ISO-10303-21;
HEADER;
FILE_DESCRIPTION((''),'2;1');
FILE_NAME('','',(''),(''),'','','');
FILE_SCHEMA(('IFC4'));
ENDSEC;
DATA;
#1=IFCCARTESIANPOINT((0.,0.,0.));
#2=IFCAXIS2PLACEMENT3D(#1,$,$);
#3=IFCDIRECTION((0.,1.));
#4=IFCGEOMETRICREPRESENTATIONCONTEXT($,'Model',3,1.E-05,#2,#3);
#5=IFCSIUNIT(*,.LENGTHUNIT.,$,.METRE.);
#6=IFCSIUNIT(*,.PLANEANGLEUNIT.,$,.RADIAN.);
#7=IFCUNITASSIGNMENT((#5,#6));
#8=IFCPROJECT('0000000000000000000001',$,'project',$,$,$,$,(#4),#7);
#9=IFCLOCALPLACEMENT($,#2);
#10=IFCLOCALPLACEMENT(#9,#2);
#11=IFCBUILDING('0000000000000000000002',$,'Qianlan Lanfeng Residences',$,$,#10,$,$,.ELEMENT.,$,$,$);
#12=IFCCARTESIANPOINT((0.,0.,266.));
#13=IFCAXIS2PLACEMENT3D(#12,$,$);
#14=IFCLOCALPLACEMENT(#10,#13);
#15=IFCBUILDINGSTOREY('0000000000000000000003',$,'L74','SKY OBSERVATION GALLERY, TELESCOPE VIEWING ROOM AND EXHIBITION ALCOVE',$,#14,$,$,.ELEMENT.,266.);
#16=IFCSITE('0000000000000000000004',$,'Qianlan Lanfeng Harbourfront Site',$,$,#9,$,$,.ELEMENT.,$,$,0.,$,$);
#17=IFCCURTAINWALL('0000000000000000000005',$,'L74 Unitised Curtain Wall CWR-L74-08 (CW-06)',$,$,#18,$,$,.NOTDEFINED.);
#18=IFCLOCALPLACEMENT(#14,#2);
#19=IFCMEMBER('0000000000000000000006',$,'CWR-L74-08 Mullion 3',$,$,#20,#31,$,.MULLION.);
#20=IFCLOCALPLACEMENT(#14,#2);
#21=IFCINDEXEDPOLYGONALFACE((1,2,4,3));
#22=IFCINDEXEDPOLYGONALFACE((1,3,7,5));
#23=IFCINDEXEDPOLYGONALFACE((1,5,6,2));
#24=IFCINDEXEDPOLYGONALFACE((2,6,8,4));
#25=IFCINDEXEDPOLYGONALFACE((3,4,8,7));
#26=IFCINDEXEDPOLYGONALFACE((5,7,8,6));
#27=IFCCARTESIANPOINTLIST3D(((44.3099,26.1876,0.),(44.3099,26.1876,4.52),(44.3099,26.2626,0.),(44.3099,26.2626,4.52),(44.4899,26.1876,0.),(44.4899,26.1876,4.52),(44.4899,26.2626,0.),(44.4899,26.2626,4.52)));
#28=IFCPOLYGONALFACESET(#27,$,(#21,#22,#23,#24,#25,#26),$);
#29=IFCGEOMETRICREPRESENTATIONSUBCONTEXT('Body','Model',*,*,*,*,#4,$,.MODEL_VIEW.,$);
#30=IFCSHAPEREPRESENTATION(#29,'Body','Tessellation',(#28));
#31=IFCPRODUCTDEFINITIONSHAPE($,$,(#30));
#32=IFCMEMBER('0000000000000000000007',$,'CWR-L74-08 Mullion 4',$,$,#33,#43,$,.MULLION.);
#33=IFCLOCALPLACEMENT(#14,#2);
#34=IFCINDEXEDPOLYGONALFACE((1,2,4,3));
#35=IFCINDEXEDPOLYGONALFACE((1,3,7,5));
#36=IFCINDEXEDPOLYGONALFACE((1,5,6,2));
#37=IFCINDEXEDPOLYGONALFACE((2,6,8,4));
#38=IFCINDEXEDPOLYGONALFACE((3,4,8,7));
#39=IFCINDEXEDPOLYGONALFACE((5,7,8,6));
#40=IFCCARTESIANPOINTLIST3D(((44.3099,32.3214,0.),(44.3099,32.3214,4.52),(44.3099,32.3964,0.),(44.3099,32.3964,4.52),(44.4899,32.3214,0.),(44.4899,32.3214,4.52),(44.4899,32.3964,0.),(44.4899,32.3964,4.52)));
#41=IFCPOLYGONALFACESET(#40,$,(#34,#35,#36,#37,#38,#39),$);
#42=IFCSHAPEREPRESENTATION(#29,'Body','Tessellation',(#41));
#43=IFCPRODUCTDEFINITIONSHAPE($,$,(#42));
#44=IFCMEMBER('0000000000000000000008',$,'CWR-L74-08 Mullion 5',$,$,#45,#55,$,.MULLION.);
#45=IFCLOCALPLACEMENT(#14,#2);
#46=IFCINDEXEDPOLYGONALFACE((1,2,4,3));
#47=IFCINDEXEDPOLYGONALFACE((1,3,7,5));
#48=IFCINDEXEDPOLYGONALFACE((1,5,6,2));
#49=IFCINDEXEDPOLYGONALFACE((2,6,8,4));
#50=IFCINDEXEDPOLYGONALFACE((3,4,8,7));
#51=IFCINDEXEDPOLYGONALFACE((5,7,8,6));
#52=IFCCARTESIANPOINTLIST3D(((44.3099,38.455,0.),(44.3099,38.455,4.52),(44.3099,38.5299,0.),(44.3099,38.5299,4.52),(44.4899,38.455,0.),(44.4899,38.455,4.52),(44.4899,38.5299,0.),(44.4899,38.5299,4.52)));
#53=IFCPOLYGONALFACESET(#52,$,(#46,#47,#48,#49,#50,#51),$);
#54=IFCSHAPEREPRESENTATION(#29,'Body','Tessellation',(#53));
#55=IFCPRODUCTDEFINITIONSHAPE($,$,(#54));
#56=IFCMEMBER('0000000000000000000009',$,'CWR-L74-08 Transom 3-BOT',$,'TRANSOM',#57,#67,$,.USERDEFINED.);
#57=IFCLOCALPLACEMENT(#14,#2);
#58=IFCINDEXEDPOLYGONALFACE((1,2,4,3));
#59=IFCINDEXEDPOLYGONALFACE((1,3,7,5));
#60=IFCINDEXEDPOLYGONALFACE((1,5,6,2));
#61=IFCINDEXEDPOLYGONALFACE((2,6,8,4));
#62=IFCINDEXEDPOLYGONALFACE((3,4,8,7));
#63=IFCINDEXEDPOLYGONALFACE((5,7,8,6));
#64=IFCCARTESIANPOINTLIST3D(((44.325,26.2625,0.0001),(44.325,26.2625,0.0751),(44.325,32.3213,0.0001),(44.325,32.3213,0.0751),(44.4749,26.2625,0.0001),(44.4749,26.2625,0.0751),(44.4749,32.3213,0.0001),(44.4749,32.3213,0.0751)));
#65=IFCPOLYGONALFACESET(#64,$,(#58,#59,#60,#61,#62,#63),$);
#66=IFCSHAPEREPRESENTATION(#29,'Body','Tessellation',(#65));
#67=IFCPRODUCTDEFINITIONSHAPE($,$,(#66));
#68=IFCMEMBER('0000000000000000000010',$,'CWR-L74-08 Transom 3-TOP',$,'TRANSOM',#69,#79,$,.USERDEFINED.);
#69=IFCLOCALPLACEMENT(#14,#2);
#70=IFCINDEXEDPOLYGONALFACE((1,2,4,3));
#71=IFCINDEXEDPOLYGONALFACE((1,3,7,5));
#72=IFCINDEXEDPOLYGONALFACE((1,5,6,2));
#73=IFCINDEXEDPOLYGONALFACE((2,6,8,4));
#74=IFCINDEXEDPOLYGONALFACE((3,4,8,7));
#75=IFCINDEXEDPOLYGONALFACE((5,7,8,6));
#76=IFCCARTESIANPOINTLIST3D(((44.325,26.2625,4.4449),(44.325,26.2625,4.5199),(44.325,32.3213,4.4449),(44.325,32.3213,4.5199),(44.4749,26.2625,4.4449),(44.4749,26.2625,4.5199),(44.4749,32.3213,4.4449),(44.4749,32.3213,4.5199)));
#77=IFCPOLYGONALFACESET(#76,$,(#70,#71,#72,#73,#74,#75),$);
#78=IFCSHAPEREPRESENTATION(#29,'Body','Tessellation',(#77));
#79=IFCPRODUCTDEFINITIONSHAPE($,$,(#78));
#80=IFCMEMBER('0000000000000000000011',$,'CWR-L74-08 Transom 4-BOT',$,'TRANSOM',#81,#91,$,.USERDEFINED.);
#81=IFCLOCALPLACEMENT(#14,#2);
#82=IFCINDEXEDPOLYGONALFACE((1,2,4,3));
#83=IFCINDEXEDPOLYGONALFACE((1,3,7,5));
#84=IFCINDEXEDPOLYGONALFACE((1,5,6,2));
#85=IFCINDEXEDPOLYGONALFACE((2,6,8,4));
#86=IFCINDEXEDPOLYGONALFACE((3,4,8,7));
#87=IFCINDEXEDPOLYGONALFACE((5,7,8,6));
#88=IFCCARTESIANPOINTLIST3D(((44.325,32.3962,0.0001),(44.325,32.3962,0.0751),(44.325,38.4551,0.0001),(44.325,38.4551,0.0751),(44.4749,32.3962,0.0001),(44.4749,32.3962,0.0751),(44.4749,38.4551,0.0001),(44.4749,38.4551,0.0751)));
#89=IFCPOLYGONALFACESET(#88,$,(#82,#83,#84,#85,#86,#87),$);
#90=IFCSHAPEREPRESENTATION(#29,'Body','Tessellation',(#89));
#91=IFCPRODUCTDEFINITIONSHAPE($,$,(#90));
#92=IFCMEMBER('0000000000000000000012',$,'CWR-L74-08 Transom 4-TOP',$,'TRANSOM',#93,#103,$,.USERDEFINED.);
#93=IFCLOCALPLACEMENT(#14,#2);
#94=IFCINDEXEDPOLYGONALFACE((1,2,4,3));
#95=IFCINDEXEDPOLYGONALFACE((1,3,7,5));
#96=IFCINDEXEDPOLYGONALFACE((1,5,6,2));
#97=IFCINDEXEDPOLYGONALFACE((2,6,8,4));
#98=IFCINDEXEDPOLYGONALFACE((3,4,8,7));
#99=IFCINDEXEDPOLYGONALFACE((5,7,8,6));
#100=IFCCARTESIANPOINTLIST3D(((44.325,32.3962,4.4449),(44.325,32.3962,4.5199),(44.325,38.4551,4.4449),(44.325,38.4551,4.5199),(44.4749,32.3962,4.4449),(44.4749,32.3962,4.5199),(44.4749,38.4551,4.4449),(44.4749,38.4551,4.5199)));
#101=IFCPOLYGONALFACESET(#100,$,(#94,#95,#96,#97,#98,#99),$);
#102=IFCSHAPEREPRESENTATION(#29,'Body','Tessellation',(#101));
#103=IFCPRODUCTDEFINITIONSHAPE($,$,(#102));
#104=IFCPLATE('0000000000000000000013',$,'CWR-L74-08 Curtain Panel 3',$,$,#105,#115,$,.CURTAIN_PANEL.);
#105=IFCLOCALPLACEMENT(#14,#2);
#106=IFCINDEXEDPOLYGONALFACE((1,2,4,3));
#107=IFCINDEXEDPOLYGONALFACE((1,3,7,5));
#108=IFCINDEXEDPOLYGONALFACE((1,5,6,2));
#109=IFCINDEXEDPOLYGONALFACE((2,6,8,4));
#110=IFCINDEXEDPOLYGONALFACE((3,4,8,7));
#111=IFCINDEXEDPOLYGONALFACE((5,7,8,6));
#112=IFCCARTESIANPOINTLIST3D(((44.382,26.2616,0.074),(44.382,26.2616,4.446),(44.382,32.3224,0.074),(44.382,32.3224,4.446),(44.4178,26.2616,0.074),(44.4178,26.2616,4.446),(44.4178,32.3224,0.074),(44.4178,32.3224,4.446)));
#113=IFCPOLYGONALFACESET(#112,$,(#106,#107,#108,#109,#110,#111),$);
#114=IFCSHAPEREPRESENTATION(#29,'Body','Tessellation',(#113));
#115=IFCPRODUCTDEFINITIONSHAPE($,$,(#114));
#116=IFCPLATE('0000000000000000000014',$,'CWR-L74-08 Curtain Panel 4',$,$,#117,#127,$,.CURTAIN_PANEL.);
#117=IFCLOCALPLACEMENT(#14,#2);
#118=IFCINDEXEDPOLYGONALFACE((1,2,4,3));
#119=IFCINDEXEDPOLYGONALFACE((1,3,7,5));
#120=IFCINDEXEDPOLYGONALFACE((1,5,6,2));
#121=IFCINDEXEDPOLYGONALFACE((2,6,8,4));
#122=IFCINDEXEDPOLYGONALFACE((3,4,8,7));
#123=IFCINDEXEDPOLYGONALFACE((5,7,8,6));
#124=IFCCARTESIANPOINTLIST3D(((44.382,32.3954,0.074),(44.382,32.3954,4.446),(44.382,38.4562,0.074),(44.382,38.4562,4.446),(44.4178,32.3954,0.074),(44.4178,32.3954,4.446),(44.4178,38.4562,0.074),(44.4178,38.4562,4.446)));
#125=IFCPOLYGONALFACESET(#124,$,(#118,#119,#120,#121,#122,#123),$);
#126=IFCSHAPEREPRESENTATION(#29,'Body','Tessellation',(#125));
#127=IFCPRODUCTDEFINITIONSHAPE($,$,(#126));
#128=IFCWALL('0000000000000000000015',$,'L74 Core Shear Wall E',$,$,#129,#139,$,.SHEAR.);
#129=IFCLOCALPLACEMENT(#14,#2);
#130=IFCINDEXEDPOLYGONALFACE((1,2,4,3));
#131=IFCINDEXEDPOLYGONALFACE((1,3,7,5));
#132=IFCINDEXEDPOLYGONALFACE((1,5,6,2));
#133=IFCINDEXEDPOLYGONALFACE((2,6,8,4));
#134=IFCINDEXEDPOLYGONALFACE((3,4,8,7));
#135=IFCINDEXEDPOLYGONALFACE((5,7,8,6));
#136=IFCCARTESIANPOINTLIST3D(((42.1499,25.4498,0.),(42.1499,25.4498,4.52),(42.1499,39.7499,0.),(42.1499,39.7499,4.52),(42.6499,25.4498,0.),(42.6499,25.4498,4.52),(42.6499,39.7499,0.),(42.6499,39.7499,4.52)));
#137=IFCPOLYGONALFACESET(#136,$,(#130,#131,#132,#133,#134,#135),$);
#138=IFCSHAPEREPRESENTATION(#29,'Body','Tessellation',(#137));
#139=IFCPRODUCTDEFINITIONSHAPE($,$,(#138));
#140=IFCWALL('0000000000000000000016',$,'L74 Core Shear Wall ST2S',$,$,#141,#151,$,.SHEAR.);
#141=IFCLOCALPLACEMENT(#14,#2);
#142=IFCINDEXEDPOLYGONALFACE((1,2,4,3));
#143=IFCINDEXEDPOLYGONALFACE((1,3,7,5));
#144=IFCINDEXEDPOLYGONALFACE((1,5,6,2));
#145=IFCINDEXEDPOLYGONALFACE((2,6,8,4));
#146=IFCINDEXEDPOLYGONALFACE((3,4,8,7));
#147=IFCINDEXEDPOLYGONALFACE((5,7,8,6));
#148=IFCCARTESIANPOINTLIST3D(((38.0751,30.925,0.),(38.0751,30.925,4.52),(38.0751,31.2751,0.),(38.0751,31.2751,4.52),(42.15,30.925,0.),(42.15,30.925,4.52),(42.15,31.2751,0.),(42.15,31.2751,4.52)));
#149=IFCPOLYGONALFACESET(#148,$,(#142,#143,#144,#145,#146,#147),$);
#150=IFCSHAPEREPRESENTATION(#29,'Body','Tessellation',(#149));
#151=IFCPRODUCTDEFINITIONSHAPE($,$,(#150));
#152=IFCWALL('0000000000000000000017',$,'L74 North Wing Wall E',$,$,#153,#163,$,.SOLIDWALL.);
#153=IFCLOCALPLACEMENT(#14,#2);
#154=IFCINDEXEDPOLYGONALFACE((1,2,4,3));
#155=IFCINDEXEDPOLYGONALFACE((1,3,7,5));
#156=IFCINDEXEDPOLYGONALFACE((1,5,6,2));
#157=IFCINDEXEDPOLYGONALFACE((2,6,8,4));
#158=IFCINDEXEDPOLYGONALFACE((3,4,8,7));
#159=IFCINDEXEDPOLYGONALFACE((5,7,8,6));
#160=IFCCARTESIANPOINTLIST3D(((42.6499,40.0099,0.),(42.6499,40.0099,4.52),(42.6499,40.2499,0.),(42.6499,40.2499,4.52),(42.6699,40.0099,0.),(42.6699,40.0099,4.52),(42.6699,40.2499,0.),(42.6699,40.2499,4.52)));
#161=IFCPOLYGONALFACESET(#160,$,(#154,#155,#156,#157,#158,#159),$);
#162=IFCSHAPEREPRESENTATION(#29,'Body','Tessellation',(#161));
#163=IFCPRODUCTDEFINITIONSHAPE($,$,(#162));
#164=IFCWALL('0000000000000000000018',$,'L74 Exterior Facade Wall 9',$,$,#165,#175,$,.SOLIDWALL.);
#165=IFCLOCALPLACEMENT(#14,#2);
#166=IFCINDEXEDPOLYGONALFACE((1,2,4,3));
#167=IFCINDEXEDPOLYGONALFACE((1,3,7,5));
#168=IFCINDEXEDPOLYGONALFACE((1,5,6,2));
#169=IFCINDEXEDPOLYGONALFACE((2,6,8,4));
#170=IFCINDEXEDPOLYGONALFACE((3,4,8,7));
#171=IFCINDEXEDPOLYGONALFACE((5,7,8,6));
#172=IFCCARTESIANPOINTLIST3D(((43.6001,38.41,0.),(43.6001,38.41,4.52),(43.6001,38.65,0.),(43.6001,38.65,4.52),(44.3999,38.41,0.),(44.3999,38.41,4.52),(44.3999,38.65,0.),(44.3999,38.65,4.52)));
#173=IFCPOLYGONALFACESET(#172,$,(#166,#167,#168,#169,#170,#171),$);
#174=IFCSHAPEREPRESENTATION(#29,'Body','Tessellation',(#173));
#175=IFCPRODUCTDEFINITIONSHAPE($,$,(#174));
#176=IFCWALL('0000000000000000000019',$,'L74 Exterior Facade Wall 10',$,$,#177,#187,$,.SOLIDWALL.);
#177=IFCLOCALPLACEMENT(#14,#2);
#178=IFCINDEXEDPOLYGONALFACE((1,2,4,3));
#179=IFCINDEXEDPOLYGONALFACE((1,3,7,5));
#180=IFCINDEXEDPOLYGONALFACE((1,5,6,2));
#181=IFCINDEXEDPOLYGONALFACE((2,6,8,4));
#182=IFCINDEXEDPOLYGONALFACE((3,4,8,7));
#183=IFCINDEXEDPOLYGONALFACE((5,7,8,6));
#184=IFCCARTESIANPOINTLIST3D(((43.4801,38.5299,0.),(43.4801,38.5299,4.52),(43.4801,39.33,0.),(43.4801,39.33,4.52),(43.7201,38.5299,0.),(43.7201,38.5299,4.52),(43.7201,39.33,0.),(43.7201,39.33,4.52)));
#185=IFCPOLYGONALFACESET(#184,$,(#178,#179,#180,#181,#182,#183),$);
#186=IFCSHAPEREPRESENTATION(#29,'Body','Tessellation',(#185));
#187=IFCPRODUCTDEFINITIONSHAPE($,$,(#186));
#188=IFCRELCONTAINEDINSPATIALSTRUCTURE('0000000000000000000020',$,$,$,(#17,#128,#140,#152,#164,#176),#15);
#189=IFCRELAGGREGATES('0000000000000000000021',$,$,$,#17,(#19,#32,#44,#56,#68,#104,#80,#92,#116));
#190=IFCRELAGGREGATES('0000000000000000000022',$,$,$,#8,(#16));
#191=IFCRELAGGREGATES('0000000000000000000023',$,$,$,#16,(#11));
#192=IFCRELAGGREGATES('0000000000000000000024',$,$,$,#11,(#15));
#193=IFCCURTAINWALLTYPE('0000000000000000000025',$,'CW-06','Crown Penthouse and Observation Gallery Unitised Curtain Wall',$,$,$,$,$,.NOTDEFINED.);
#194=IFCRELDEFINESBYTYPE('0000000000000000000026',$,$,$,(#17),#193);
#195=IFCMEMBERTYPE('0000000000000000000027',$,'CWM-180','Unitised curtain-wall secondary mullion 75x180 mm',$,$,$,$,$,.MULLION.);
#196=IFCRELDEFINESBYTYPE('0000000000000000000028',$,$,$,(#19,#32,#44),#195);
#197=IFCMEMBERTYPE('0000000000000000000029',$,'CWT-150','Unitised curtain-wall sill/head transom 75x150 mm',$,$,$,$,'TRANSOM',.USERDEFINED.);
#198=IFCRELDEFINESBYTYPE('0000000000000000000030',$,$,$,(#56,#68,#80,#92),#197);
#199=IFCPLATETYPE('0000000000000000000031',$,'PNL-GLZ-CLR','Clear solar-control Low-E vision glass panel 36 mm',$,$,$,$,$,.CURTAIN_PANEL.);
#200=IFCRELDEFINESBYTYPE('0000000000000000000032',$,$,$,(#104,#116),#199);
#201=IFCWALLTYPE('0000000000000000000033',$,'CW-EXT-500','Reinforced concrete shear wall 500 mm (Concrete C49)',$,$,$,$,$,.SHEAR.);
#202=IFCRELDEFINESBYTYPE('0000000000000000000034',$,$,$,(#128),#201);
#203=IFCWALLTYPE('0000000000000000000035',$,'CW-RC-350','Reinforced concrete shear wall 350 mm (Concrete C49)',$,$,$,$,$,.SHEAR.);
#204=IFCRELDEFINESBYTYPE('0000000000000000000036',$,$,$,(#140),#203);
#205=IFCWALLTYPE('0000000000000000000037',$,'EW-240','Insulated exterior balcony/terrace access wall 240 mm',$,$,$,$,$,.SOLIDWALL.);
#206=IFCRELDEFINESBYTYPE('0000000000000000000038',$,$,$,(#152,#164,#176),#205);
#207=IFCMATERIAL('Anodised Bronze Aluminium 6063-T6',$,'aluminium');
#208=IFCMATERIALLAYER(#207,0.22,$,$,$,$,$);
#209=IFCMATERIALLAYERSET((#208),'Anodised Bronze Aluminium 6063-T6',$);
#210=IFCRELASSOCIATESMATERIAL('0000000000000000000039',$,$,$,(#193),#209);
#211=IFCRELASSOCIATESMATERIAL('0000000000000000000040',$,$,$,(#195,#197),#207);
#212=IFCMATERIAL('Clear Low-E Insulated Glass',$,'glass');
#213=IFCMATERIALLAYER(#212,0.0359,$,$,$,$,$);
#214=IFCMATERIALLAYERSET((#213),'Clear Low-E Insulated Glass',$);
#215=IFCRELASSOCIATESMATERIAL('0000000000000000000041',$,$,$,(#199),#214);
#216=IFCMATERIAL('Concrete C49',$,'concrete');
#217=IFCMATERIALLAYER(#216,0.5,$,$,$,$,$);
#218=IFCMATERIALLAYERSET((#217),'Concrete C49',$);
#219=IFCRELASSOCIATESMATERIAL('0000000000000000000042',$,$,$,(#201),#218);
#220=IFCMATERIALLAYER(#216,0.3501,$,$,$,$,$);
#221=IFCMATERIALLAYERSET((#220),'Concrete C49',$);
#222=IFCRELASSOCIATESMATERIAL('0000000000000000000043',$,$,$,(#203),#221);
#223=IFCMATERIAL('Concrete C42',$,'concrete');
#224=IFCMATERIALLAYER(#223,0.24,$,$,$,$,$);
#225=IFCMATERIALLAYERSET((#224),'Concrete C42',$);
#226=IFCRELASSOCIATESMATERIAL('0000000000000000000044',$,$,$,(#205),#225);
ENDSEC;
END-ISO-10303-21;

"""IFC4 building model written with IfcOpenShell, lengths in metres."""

from ifc_helpers import new_model, si_unit, direction, frame, frame_2d, origin, origin_2d, place, context, subcontext, project, spatial, rectangle, extrude, source, transform, mapped, material, layer, layer_set, material_profile, profile_set, type_object, element, aggregate, save


model = new_model("IFC4")

# Units and contexts
model_context = context("Model", 3, precision=1e-05, world=origin(), true_north=direction((0.0, 1.0)))
body_context = subcontext(model_context, "Body", "Model", "MODEL_VIEW")
ifc_project = project(units=[si_unit("LENGTHUNIT", "METRE"), si_unit("PLANEANGLEUNIT", "RADIAN")], contexts=[model_context])

# Site, building, storey
site_placement = place(None, origin())
site = spatial("IfcSite", under=ifc_project, at=site_placement, Name="Qianlan Lanfeng Harbourfront Site", CompositionType="ELEMENT", RefElevation=0.0)
building_placement = place(site_placement, origin())
building = spatial("IfcBuilding", under=site, at=building_placement, Name="Qianlan Lanfeng Residences", CompositionType="ELEMENT")
storey_placement = place(building_placement, frame((0.0, 0.0, 266.0)))
storey = spatial("IfcBuildingStorey", under=building, at=storey_placement, Name="L74", Description="SKY OBSERVATION GALLERY, TELESCOPE VIEWING ROOM AND EXHIBITION ALCOVE", CompositionType="ELEMENT", Elevation=266.0)

# Curtain wall, members, plates
ifc_material_1 = material(Name="Anodised Bronze Aluminium 6063-T6", Category="aluminium")
ifc_layer_1 = layer(ifc_material_1, 0.22)
ifc_layer_set_1 = layer_set([ifc_layer_1], Name="Anodised Bronze Aluminium 6063-T6")
curtain_wall_type = type_object("IfcCurtainWallType", Name="CW-06", Description="Crown Penthouse and Observation Gallery Unitised Curtain Wall", PredefinedType="NOTDEFINED", material=ifc_layer_set_1)
curtain_wall_placement = place(storey_placement, origin())
curtain_wall = element("IfcCurtainWall", 1, at=curtain_wall_placement, inside=storey, type_object=curtain_wall_type, Name="L74 Unitised Curtain Wall CWR-L74-08 (CW-06)", PredefinedType="NOTDEFINED")
ifc_material_profile_1 = material_profile(ifc_material_1, rectangle(XDim=0.075, YDim=0.1799, at=origin_2d()), Name="ALU MULLION 75x180")
ifc_profile_set_1 = profile_set([ifc_material_profile_1], Name="Anodised Bronze Aluminium 6063-T6")
member_type_1 = type_object("IfcMemberType", Name="CWM-180", Description="Unitised curtain-wall secondary mullion 75x180 mm", PredefinedType="MULLION", material=ifc_profile_set_1)
shared_shape_1 = source(origin(), body_context, "Body", "SweptSolid", [
    extrude(rectangle(XDim=0.075, YDim=0.1799, at=origin_2d()), origin(), (0.0, 0.0, 1.0), 4.52),
])
member_1_placement = place(storey_placement, frame((44.3999, 26.2251, 0.0), z_axis=(0.0, 0.0, 1.0), x_axis=(0.0, 1.0, 0.0)))
member_1 = element("IfcMember", 2, at=member_1_placement, type_object=member_type_1, Name="CWR-L74-08 Mullion 3", PredefinedType="MULLION", context=body_context, shape_type="MappedRepresentation", body=[
    mapped(shared_shape_1, transform((0.0, 0.0, 0.0), scale=1.0)),
])
member_2_placement = place(storey_placement, frame((44.3999, 32.3589, 0.0), z_axis=(0.0, 0.0, 1.0), x_axis=(0.0, 1.0, 0.0)))
member_2 = element("IfcMember", 3, at=member_2_placement, type_object=member_type_1, Name="CWR-L74-08 Mullion 4", PredefinedType="MULLION", context=body_context, shape_type="MappedRepresentation", body=[
    mapped(shared_shape_1, transform((0.0, 0.0, 0.0), scale=1.0)),
])
member_3_placement = place(storey_placement, frame((44.3999, 38.4924, 0.0), z_axis=(0.0, 0.0, 1.0), x_axis=(0.0, 1.0, 0.0)))
member_3 = element("IfcMember", 4, at=member_3_placement, type_object=member_type_1, Name="CWR-L74-08 Mullion 5", PredefinedType="MULLION", context=body_context, shape_type="MappedRepresentation", body=[
    mapped(shared_shape_1, transform((0.0, 0.0, 0.0), scale=1.0)),
])
ifc_material_profile_2 = material_profile(ifc_material_1, rectangle(XDim=0.075, YDim=0.1499, at=origin_2d()), Name="ALU TRANSOM 75x150")
ifc_profile_set_2 = profile_set([ifc_material_profile_2], Name="Anodised Bronze Aluminium 6063-T6")
member_type_2 = type_object("IfcMemberType", Name="CWT-150", Description="Unitised curtain-wall sill/head transom 75x150 mm", ElementType="TRANSOM", PredefinedType="USERDEFINED", material=ifc_profile_set_2)
shared_shape_2 = source(origin(), body_context, "Body", "SweptSolid", [
    extrude(rectangle(XDim=0.075, YDim=0.1499, at=origin_2d()), origin(), (0.0, 0.0, 1.0), 6.0588),
])
member_4_placement = place(storey_placement, frame((44.3999, 26.2625, 0.0376), z_axis=(0.0, 1.0, 0.0), x_axis=(0.0, 0.0, 1.0)))
member_4 = element("IfcMember", 5, at=member_4_placement, type_object=member_type_2, Name="CWR-L74-08 Transom 3-BOT", ObjectType="TRANSOM", PredefinedType="USERDEFINED", context=body_context, shape_type="MappedRepresentation", body=[
    mapped(shared_shape_2, transform((0.0, 0.0, 0.0), scale=1.0)),
])
member_5_placement = place(storey_placement, frame((44.3999, 26.2625, 4.4824), z_axis=(0.0, 1.0, 0.0), x_axis=(0.0, 0.0, 1.0)))
member_5 = element("IfcMember", 6, at=member_5_placement, type_object=member_type_2, Name="CWR-L74-08 Transom 3-TOP", ObjectType="TRANSOM", PredefinedType="USERDEFINED", context=body_context, shape_type="MappedRepresentation", body=[
    mapped(shared_shape_2, transform((0.0, 0.0, 0.0), scale=1.0)),
])
member_6_placement = place(storey_placement, frame((44.3999, 32.3962, 0.0376), z_axis=(0.0, 1.0, 0.0), x_axis=(0.0, 0.0, 1.0)))
member_6 = element("IfcMember", 7, at=member_6_placement, type_object=member_type_2, Name="CWR-L74-08 Transom 4-BOT", ObjectType="TRANSOM", PredefinedType="USERDEFINED", context=body_context, shape_type="MappedRepresentation", body=[
    mapped(shared_shape_2, transform((0.0, 0.0, 0.0), scale=1.0)),
])
member_7_placement = place(storey_placement, frame((44.3999, 32.3962, 4.4824), z_axis=(0.0, 1.0, 0.0), x_axis=(0.0, 0.0, 1.0)))
member_7 = element("IfcMember", 8, at=member_7_placement, type_object=member_type_2, Name="CWR-L74-08 Transom 4-TOP", ObjectType="TRANSOM", PredefinedType="USERDEFINED", context=body_context, shape_type="MappedRepresentation", body=[
    mapped(shared_shape_2, transform((0.0, 0.0, 0.0), scale=1.0)),
])
ifc_material_2 = material(Name="Clear Low-E Insulated Glass", Category="glass")
ifc_layer_2 = layer(ifc_material_2, 0.0359)
ifc_layer_set_2 = layer_set([ifc_layer_2], Name="Clear Low-E Insulated Glass")
plate_type = type_object("IfcPlateType", Name="PNL-GLZ-CLR", Description="Clear solar-control Low-E vision glass panel 36 mm", PredefinedType="CURTAIN_PANEL", material=ifc_layer_set_2)
shared_shape_3 = source(origin(), body_context, "Body", "SweptSolid", [
    extrude(rectangle(XDim=6.0608, YDim=0.0359, at=origin_2d()), origin(), (0.0, 0.0, 1.0), 4.3721),
])
plate_1_placement = place(storey_placement, frame((44.3999, 29.292, 0.074), z_axis=(0.0, 0.0, 1.0), x_axis=(0.0, 1.0, 0.0)))
plate_1 = element("IfcPlate", 9, at=plate_1_placement, type_object=plate_type, Name="CWR-L74-08 Curtain Panel 3", PredefinedType="CURTAIN_PANEL", context=body_context, shape_type="MappedRepresentation", body=[
    mapped(shared_shape_3, transform((0.0, 0.0, 0.0), scale=1.0)),
])
plate_2_placement = place(storey_placement, frame((44.3999, 35.4258, 0.074), z_axis=(0.0, 0.0, 1.0), x_axis=(0.0, 1.0, 0.0)))
plate_2 = element("IfcPlate", 10, at=plate_2_placement, type_object=plate_type, Name="CWR-L74-08 Curtain Panel 4", PredefinedType="CURTAIN_PANEL", context=body_context, shape_type="MappedRepresentation", body=[
    mapped(shared_shape_3, transform((0.0, 0.0, 0.0), scale=1.0)),
])
aggregate(curtain_wall, [member_1, member_2, member_3, member_4, member_5, plate_1, member_6, member_7, plate_2])

# Walls
ifc_material_3 = material(Name="Concrete C49", Category="concrete")
ifc_layer_3 = layer(ifc_material_3, 0.5)
ifc_layer_set_3 = layer_set([ifc_layer_3], Name="Concrete C49")
wall_type_1 = type_object("IfcWallType", Name="CW-EXT-500", Description="Reinforced concrete shear wall 500 mm (Concrete C49)", PredefinedType="SHEAR", material=ifc_layer_set_3)
wall_1_placement = place(storey_placement, frame((42.3999, 25.45, 0.0), z_axis=(0.0, 0.0, 1.0), x_axis=(0.0, 1.0, 0.0)))
element("IfcWall", 11, at=wall_1_placement, inside=storey, type_object=wall_type_1, Name="L74 Core Shear Wall E", PredefinedType="SHEAR", context=body_context, shape_type="SweptSolid", body=[
    extrude(rectangle(XDim=14.3, YDim=0.5, at=frame_2d((7.1499, 0.0))), origin(), (0.0, 0.0, 1.0), 4.52),
])
ifc_layer_4 = layer(ifc_material_3, 0.3501)
ifc_layer_set_4 = layer_set([ifc_layer_4], Name="Concrete C49")
wall_type_2 = type_object("IfcWallType", Name="CW-RC-350", Description="Reinforced concrete shear wall 350 mm (Concrete C49)", PredefinedType="SHEAR", material=ifc_layer_set_4)
wall_2_placement = place(storey_placement, frame((38.075, 31.1001, 0.0), z_axis=(0.0, 0.0, 1.0), x_axis=(1.0, 0.0, 0.0)))
element("IfcWall", 12, at=wall_2_placement, inside=storey, type_object=wall_type_2, Name="L74 Core Shear Wall ST2S", PredefinedType="SHEAR", context=body_context, shape_type="SweptSolid", body=[
    extrude(rectangle(XDim=4.075, YDim=0.3501, at=frame_2d((2.0376, 0.0))), origin(), (0.0, 0.0, 1.0), 4.52),
])
ifc_material_4 = material(Name="Concrete C42", Category="concrete")
ifc_layer_5 = layer(ifc_material_4, 0.24)
ifc_layer_set_5 = layer_set([ifc_layer_5], Name="Concrete C42")
wall_type_3 = type_object("IfcWallType", Name="EW-240", Description="Insulated exterior balcony/terrace access wall 240 mm", PredefinedType="SOLIDWALL", material=ifc_layer_set_5)
wall_3_placement = place(storey_placement, frame((42.6699, 40.1299, 0.0), z_axis=(0.0, 0.0, 1.0), x_axis=(-1.0, 0.0, 0.0)))
element("IfcWall", 13, at=wall_3_placement, inside=storey, type_object=wall_type_3, Name="L74 North Wing Wall E", PredefinedType="SOLIDWALL", context=body_context, shape_type="SweptSolid", body=[
    extrude(rectangle(XDim=0.02, YDim=0.24, at=frame_2d((0.01, 0.0))), origin(), (0.0, 0.0, 1.0), 4.52),
])
wall_4_placement = place(storey_placement, frame((44.3999, 38.53, 0.0), z_axis=(0.0, 0.0, 1.0), x_axis=(-1.0, 0.0, 0.0)))
element("IfcWall", 14, at=wall_4_placement, inside=storey, type_object=wall_type_3, Name="L74 Exterior Facade Wall 9", PredefinedType="SOLIDWALL", context=body_context, shape_type="SweptSolid", body=[
    extrude(rectangle(XDim=0.7998, YDim=0.24, at=frame_2d((0.3999, 0.0))), origin(), (0.0, 0.0, 1.0), 4.52),
])
for number, where, z_axis, x_axis, name in (
    (15, (43.6001, 38.53, 0.0), (0.0, 0.0, 1.0), (0.0, 1.0, 0.0), "L74 Exterior Facade Wall 10"),
):
    element("IfcWall", number, at=place(storey_placement, frame(where, z_axis=z_axis, x_axis=x_axis)), inside=storey, type_object=wall_type_3, Name=name, PredefinedType="SOLIDWALL", context=body_context, shape_type="SweptSolid", body=[
        extrude(rectangle(XDim=0.8, YDim=0.24, at=frame_2d((0.3999, 0.0))), origin(), (0.0, 0.0, 1.0), 4.52),
    ])

save(model, "model.ifc")
